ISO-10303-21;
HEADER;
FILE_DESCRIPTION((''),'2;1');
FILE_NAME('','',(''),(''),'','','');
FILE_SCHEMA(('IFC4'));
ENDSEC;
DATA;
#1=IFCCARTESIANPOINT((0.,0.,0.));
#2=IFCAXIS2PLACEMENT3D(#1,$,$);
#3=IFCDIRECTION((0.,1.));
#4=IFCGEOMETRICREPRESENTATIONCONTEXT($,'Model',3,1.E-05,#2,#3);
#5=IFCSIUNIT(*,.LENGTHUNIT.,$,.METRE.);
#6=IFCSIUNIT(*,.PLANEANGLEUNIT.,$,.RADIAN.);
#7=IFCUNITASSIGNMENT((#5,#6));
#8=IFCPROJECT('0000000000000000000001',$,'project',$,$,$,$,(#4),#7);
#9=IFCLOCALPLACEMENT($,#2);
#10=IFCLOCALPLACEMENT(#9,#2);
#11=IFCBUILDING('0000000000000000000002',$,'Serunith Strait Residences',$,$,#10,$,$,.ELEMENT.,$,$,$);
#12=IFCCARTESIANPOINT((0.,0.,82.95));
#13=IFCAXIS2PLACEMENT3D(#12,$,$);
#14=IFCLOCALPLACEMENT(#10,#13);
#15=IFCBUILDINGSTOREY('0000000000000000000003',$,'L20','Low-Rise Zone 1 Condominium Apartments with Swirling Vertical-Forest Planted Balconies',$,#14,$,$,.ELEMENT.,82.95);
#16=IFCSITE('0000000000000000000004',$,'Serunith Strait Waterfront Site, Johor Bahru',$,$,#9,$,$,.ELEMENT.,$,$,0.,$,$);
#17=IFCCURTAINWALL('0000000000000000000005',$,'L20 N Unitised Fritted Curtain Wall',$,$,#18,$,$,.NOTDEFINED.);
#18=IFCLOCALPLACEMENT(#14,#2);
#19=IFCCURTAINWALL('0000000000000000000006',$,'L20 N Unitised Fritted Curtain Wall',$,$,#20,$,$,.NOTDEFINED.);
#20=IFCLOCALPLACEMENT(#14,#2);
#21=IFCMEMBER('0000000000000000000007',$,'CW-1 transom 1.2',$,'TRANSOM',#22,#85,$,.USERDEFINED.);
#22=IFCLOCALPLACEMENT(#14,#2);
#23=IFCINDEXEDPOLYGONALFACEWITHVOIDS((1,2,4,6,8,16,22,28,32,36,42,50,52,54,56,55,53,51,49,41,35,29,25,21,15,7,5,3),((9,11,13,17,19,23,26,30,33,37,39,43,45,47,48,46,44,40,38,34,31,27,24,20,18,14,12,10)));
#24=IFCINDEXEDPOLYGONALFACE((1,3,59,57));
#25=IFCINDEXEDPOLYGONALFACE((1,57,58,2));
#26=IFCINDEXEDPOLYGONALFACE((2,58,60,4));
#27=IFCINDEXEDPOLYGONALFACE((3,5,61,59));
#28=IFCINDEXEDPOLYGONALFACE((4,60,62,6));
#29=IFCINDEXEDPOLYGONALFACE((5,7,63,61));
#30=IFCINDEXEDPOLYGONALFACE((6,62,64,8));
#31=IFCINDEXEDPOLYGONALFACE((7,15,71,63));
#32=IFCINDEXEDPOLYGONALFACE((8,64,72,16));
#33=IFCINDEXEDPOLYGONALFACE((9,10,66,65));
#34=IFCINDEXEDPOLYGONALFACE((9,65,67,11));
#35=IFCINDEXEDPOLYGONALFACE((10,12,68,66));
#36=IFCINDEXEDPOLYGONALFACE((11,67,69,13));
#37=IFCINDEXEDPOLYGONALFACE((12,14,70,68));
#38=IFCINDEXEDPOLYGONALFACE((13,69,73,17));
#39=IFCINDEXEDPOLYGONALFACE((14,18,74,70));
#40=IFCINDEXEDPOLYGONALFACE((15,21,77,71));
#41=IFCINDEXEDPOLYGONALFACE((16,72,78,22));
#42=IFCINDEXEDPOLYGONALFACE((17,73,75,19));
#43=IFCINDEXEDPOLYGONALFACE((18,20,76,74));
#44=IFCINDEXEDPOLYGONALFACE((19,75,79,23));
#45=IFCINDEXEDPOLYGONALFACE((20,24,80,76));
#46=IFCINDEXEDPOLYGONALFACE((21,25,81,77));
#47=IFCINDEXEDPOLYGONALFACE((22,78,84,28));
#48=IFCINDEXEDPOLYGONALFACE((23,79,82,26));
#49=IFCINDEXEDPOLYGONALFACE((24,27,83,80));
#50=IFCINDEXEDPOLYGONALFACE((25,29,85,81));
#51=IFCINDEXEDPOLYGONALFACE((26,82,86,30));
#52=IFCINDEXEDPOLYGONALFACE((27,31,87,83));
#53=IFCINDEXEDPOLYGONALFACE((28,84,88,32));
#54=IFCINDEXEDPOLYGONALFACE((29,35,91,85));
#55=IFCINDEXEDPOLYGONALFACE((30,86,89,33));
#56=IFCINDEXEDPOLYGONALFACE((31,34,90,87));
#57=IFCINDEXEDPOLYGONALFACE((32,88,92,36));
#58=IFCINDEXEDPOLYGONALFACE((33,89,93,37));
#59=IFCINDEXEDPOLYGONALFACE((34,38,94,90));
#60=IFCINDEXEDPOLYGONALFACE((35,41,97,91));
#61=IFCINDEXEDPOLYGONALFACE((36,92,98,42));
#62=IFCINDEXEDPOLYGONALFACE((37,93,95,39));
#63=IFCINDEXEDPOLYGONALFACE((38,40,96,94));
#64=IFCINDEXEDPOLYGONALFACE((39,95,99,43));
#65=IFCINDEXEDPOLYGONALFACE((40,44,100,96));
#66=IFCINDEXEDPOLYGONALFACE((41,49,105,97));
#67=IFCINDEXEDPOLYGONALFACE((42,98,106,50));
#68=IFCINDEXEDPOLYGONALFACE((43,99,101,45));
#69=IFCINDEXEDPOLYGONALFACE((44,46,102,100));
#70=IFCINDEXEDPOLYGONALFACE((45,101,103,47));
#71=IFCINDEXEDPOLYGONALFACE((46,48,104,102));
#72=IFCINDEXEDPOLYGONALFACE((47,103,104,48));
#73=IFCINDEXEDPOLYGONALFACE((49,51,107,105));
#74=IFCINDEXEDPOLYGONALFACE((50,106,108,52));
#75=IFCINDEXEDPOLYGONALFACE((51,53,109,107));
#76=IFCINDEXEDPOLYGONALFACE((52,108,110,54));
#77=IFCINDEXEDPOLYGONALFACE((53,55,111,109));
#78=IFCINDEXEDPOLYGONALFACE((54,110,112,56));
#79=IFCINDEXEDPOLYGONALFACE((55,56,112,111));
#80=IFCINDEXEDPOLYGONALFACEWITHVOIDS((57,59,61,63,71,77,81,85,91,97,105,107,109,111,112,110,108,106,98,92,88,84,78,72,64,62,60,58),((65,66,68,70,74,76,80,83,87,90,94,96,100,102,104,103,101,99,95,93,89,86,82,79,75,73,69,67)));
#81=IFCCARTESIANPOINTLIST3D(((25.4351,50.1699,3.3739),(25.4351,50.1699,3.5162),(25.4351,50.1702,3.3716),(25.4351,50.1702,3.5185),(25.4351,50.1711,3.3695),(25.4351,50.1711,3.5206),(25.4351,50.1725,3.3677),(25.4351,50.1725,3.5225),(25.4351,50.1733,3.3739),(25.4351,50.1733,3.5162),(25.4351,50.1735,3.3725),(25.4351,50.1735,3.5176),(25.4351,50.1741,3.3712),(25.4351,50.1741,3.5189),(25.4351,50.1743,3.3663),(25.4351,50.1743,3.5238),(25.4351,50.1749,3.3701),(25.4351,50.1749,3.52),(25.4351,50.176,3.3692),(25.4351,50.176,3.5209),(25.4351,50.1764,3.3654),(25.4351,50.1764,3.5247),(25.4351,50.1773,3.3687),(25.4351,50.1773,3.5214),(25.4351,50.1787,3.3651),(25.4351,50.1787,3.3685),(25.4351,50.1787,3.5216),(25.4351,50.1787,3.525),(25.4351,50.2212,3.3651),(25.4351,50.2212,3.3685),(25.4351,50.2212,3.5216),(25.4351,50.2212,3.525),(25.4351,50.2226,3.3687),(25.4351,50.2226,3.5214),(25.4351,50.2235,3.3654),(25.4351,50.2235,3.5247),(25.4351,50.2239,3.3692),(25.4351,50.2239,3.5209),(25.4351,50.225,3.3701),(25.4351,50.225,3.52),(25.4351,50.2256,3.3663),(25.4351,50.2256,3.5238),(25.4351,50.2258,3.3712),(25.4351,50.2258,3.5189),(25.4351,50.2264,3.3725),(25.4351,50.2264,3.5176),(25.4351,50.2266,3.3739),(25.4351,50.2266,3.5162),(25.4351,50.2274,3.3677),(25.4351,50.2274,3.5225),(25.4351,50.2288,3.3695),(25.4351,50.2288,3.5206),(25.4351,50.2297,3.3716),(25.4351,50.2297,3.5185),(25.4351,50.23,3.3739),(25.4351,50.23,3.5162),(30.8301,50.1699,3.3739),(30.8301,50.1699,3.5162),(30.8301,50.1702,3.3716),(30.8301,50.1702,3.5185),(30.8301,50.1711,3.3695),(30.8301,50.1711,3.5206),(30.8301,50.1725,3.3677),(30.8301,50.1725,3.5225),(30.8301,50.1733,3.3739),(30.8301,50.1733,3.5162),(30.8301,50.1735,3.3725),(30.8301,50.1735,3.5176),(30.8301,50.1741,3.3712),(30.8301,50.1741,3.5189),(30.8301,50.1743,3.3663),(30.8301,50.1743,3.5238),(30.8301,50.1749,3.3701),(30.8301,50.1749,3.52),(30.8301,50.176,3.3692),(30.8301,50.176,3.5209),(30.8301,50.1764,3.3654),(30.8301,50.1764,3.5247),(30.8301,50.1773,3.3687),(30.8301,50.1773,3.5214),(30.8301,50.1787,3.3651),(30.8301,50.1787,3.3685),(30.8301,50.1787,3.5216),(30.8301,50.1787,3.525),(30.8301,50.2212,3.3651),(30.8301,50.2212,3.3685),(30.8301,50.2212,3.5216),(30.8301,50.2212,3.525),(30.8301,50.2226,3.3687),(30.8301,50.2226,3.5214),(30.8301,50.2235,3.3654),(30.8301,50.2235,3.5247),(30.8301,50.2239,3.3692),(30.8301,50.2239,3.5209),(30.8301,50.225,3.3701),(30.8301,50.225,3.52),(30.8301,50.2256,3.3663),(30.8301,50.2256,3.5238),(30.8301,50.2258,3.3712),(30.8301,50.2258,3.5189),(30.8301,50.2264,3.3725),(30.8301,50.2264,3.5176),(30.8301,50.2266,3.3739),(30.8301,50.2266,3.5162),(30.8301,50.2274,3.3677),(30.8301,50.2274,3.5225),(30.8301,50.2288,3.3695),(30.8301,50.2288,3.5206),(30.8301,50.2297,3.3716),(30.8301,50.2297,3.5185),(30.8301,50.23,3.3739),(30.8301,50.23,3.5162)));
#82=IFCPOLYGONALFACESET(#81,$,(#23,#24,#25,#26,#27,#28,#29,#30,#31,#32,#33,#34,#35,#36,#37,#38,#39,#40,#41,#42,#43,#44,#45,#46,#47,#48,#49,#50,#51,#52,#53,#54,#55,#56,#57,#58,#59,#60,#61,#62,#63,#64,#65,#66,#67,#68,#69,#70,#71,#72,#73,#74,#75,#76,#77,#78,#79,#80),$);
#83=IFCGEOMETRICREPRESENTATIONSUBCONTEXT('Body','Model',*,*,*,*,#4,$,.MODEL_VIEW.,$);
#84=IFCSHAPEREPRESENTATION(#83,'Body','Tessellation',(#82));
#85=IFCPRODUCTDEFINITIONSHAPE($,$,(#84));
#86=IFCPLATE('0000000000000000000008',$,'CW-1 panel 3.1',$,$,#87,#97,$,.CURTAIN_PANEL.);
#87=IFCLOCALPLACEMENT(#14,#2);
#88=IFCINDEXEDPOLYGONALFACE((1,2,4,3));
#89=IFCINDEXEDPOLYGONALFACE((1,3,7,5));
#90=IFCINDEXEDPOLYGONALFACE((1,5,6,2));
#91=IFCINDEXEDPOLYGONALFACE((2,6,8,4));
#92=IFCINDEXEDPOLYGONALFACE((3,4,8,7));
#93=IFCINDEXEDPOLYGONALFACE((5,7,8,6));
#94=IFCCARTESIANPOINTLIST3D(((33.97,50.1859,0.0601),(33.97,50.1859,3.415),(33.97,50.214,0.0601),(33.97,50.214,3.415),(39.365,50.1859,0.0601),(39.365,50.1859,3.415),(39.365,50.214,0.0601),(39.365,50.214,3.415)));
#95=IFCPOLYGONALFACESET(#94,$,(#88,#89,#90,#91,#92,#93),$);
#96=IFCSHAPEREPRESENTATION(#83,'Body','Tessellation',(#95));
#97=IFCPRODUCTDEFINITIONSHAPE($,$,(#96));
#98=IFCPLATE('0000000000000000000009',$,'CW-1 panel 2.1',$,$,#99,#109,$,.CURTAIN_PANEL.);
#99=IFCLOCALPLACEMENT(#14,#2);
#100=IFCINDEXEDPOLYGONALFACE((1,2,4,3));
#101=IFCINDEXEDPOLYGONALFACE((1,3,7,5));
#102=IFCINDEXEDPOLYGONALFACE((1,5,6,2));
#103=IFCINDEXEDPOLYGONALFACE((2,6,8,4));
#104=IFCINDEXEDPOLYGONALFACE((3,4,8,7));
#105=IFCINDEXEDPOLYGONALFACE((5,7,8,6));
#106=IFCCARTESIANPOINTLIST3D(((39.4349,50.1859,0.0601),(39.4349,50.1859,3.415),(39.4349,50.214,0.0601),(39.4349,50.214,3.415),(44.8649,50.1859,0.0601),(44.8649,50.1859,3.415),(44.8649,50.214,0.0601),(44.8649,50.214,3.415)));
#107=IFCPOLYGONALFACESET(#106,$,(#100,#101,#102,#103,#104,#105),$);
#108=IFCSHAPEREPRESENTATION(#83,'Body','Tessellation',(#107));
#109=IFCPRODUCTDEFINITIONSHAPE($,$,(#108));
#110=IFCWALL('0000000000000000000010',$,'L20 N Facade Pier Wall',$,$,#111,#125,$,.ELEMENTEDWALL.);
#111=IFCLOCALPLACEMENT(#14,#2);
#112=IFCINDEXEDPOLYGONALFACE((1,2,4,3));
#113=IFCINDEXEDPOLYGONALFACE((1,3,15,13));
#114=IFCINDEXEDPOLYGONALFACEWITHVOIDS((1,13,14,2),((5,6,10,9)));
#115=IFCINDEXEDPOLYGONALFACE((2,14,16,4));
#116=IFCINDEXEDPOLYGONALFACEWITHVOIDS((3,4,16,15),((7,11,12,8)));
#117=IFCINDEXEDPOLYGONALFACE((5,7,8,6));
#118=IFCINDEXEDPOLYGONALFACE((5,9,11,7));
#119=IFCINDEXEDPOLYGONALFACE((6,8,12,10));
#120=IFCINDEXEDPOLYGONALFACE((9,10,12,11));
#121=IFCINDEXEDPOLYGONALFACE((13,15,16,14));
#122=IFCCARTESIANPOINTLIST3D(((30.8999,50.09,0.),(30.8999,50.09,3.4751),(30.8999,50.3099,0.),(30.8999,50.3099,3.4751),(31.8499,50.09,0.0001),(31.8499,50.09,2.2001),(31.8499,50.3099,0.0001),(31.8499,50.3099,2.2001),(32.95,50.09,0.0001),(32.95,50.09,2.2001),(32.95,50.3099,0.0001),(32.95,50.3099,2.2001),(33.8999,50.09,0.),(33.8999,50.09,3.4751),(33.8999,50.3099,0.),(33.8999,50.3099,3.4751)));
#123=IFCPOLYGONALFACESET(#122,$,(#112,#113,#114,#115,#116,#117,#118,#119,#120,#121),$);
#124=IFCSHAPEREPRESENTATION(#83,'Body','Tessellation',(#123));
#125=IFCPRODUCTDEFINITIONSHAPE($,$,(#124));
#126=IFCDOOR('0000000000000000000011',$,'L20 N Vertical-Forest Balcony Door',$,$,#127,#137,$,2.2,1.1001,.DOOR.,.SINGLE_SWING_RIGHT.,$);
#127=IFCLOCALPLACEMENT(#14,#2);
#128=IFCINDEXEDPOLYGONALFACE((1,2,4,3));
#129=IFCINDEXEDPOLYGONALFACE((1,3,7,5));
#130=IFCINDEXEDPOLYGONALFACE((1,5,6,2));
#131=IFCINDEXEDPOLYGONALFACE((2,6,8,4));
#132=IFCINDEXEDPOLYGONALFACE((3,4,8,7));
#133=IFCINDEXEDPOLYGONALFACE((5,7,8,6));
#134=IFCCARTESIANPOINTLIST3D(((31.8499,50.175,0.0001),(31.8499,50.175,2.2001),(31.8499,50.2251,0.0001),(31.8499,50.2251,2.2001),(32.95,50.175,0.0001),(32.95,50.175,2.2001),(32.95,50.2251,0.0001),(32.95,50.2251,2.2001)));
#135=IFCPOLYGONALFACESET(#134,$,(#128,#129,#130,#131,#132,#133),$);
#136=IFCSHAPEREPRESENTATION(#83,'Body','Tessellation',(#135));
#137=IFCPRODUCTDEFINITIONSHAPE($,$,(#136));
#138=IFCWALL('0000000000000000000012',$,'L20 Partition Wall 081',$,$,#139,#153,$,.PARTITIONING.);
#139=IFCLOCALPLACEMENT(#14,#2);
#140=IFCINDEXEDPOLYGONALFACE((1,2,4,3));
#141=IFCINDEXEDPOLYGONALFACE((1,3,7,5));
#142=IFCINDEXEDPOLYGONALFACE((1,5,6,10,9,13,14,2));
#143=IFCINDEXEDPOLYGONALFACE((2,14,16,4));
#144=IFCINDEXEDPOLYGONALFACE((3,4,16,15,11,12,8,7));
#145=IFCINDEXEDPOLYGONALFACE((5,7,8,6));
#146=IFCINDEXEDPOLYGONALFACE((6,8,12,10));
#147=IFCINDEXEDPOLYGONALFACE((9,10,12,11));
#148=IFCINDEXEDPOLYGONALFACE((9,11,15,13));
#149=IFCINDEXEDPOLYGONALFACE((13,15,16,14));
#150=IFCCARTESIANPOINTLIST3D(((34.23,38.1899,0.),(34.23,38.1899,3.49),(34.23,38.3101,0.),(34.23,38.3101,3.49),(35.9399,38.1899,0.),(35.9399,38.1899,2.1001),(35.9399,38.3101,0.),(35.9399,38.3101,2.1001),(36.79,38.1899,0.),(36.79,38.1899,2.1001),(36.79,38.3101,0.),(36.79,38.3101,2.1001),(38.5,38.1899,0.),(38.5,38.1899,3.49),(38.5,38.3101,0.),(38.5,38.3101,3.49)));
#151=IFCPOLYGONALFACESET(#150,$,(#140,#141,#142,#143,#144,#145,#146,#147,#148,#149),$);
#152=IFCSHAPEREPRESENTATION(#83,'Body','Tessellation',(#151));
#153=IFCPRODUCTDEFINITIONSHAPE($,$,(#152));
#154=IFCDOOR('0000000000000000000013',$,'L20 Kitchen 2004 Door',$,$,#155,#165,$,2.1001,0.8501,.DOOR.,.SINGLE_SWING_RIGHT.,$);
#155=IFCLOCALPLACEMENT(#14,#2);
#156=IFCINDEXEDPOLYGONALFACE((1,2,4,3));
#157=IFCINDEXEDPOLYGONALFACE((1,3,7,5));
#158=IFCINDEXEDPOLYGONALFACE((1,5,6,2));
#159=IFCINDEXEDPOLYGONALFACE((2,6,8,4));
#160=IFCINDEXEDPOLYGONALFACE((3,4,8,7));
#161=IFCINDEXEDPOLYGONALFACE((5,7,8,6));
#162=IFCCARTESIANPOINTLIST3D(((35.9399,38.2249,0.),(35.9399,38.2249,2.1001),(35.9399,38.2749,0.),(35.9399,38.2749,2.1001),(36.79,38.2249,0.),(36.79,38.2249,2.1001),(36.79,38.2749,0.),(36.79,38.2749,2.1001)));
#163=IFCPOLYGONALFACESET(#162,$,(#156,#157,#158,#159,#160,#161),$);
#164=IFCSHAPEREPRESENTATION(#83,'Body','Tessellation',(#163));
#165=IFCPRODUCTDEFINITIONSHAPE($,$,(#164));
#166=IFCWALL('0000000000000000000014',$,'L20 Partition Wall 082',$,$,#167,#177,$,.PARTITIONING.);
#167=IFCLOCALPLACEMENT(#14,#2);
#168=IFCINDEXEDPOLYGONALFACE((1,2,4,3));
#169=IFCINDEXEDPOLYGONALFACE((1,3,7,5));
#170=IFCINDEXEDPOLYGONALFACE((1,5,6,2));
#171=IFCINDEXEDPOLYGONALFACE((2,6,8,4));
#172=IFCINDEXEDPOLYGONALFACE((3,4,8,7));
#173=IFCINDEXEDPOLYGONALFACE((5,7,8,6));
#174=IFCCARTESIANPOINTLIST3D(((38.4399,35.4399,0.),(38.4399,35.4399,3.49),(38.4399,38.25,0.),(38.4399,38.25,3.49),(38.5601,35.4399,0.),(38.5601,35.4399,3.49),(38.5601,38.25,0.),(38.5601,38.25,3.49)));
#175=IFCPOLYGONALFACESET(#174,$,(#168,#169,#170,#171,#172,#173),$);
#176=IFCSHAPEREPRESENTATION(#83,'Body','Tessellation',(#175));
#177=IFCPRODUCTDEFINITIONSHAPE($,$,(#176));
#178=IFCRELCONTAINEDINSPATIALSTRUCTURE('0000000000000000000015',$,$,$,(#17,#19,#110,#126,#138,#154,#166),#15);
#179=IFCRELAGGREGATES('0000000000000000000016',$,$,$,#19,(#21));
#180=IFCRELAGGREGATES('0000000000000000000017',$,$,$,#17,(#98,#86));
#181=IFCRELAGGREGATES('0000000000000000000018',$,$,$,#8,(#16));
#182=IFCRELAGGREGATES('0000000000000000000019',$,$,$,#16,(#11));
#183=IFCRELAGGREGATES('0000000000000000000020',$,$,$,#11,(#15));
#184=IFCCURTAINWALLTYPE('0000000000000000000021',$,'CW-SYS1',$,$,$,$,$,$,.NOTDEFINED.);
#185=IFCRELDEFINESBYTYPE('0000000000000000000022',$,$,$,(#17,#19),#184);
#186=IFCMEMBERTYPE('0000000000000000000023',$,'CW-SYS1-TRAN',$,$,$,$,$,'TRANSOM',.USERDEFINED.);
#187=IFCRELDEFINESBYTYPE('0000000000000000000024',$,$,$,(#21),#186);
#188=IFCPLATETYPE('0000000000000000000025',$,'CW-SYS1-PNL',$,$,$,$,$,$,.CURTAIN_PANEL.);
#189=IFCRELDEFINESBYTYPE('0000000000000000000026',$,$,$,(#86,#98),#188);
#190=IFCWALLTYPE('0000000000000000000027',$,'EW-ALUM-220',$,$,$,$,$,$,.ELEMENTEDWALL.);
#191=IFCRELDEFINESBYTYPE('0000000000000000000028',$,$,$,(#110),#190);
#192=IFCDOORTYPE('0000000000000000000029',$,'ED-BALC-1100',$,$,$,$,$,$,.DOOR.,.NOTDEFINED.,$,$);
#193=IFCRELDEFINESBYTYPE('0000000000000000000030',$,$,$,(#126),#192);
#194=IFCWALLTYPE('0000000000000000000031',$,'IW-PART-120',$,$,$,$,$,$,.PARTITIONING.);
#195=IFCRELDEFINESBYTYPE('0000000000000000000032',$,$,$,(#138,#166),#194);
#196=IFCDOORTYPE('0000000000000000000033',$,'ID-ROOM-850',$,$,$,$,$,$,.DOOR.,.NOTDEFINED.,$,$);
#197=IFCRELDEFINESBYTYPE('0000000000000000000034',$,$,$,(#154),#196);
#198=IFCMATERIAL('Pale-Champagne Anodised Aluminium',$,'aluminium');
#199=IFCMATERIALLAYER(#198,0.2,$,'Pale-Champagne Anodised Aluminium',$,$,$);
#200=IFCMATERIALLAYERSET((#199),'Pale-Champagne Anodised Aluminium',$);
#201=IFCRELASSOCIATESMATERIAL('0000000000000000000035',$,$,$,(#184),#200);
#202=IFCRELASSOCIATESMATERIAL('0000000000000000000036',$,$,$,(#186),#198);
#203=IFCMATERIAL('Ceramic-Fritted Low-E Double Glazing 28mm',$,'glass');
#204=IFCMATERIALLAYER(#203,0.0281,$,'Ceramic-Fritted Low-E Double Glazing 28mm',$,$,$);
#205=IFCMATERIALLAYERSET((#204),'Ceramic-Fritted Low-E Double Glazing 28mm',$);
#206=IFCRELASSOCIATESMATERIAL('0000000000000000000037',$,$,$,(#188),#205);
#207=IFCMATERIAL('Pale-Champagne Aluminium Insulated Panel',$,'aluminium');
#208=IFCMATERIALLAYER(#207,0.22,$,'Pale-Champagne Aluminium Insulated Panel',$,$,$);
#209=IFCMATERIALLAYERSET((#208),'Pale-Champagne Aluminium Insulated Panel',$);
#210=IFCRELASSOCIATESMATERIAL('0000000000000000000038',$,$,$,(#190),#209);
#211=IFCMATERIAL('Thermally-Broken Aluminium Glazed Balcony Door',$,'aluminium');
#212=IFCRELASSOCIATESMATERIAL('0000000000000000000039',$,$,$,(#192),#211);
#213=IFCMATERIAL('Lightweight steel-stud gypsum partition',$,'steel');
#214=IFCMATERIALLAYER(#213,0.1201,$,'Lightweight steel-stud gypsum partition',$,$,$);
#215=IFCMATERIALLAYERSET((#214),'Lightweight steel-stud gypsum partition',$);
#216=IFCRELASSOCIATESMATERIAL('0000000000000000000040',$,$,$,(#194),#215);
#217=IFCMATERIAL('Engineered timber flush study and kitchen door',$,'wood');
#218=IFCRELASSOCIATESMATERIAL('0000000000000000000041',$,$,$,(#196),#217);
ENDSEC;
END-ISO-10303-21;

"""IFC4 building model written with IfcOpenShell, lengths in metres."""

from ifc_helpers import new_model, si_unit, direction, frame, frame_2d, origin, origin_2d, place, context, subcontext, project, spatial, rectangle, hollow_rectangle, extrude, source, transform, mapped, material, layer, layer_set, material_profile, profile_set, type_object, element, fill, aggregate, save


model = new_model("IFC4")

# Units and contexts
model_context = context("Model", 3, precision=1e-05, world=origin(), true_north=direction((0.0, 1.0)))
body_context = subcontext(model_context, "Body", "Model", "MODEL_VIEW")
ifc_project = project(units=[si_unit("LENGTHUNIT", "METRE"), si_unit("PLANEANGLEUNIT", "RADIAN")], contexts=[model_context])

# Site, building, storey
site_placement = place(None, origin())
site = spatial("IfcSite", under=ifc_project, at=site_placement, Name="Serunith Strait Waterfront Site, Johor Bahru", CompositionType="ELEMENT", RefElevation=0.0)
building_placement = place(site_placement, origin())
building = spatial("IfcBuilding", under=site, at=building_placement, Name="Serunith Strait Residences", CompositionType="ELEMENT")
storey_placement = place(building_placement, frame((0.0, 0.0, 82.95)))
storey = spatial("IfcBuildingStorey", under=building, at=storey_placement, Name="L20", Description="Low-Rise Zone 1 Condominium Apartments with Swirling Vertical-Forest Planted Balconies", CompositionType="ELEMENT", Elevation=82.95)

# Curtain wall
ifc_material_1 = material(Name="Pale-Champagne Anodised Aluminium", Category="aluminium")
ifc_layer_1 = layer(ifc_material_1, 0.2, Name="Pale-Champagne Anodised Aluminium")
ifc_layer_set_1 = layer_set([ifc_layer_1], Name="Pale-Champagne Anodised Aluminium")
curtain_wall_type = type_object("IfcCurtainWallType", Name="CW-SYS1", PredefinedType="NOTDEFINED", material=ifc_layer_set_1)
curtain_wall_1_placement = place(storey_placement, origin())
curtain_wall_1 = element("IfcCurtainWall", 1, at=curtain_wall_1_placement, inside=storey, type_object=curtain_wall_type, Name="L20 N Unitised Fritted Curtain Wall", PredefinedType="NOTDEFINED")

# Curtain wall
curtain_wall_2_placement = place(storey_placement, origin())
curtain_wall_2 = element("IfcCurtainWall", 2, at=curtain_wall_2_placement, inside=storey, type_object=curtain_wall_type, Name="L20 N Unitised Fritted Curtain Wall", PredefinedType="NOTDEFINED")

# Member
ifc_material_profile_1 = material_profile(ifc_material_1, hollow_rectangle(XDim=0.0601, YDim=0.1599, WallThickness=0.0034, InnerFilletRadius=0.0054, OuterFilletRadius=0.0088, at=origin_2d()), Name="ALU 160x60x3.5")
ifc_profile_set_1 = profile_set([ifc_material_profile_1], Name="Pale-Champagne Anodised Aluminium")
member_type_1 = type_object("IfcMemberType", Name="CW-SYS1-TRAN", ElementType="TRANSOM", PredefinedType="USERDEFINED", material=ifc_profile_set_1)
shared_shape_1 = source(origin(), body_context, "Body", "SweptSolid", [
    extrude(hollow_rectangle(XDim=0.0601, YDim=0.1599, WallThickness=0.0034, InnerFilletRadius=0.0054, OuterFilletRadius=0.0088, at=origin_2d()), origin(), (0.0, 0.0, 1.0), 5.395),
])
member_1_placement = place(storey_placement, frame((30.8301, 50.2, 3.4451), z_axis=(-1.0, 0.0, 0.0), x_axis=(0.0, -1.0, 0.0)))
member_1 = element("IfcMember", 3, at=member_1_placement, type_object=member_type_1, Name="CW-1 transom 1.2", ObjectType="TRANSOM", PredefinedType="USERDEFINED", context=body_context, shape_type="MappedRepresentation", body=[
    mapped(shared_shape_1, transform((0.0, 0.0, 0.0), scale=1.0)),
])
aggregate(curtain_wall_2, [member_1])

# Plates
ifc_material_2 = material(Name="Ceramic-Fritted Low-E Double Glazing 28mm", Category="glass")
ifc_layer_2 = layer(ifc_material_2, 0.0281, Name="Ceramic-Fritted Low-E Double Glazing 28mm")
ifc_layer_set_2 = layer_set([ifc_layer_2], Name="Ceramic-Fritted Low-E Double Glazing 28mm")
plate_type = type_object("IfcPlateType", Name="CW-SYS1-PNL", PredefinedType="CURTAIN_PANEL", material=ifc_layer_set_2)
shared_shape_2 = source(origin(), body_context, "Body", "SweptSolid", [
    extrude(rectangle(XDim=5.395, YDim=0.0281, at=origin_2d()), origin(), (0.0, 0.0, 1.0), 3.355),
])
plate_1_placement = place(storey_placement, frame((36.6675, 50.2, 0.0601), z_axis=(0.0, 0.0, 1.0), x_axis=(-1.0, 0.0, 0.0)))
plate_1 = element("IfcPlate", 4, at=plate_1_placement, type_object=plate_type, Name="CW-1 panel 3.1", PredefinedType="CURTAIN_PANEL", context=body_context, shape_type="MappedRepresentation", body=[
    mapped(shared_shape_2, transform((0.0, 0.0, 0.0), scale=1.0)),
])
shared_shape_3 = source(origin(), body_context, "Body", "SweptSolid", [
    extrude(rectangle(XDim=5.4299, YDim=0.0281, at=origin_2d()), origin(), (0.0, 0.0, 1.0), 3.355),
])
plate_2_placement = place(storey_placement, frame((42.1499, 50.2, 0.0601), z_axis=(0.0, 0.0, 1.0), x_axis=(-1.0, 0.0, 0.0)))
plate_2 = element("IfcPlate", 5, at=plate_2_placement, type_object=plate_type, Name="CW-1 panel 2.1", PredefinedType="CURTAIN_PANEL", context=body_context, shape_type="MappedRepresentation", body=[
    mapped(shared_shape_3, transform((0.0, 0.0, 0.0), scale=1.0)),
])
aggregate(curtain_wall_1, [plate_2, plate_1])

# Walls, openings, doors
ifc_material_3 = material(Name="Pale-Champagne Aluminium Insulated Panel", Category="aluminium")
ifc_layer_3 = layer(ifc_material_3, 0.22, Name="Pale-Champagne Aluminium Insulated Panel")
ifc_layer_set_3 = layer_set([ifc_layer_3], Name="Pale-Champagne Aluminium Insulated Panel")
wall_type_1 = type_object("IfcWallType", Name="EW-ALUM-220", PredefinedType="ELEMENTEDWALL", material=ifc_layer_set_3)
wall_1_placement = place(storey_placement, frame((33.8999, 50.2, 0.0), z_axis=(0.0, 0.0, 1.0), x_axis=(-1.0, 0.0, 0.0)))
wall_1 = element("IfcWall", 6, at=wall_1_placement, inside=storey, type_object=wall_type_1, Name="L20 N Facade Pier Wall", PredefinedType="ELEMENTEDWALL", context=body_context, shape_type="SweptSolid", body=[
    extrude(rectangle(XDim=3.0, YDim=0.22, at=frame_2d((1.5, 0.0))), origin(), (0.0, 0.0, 1.0), 3.4751),
])
opening_1_placement = place(wall_1_placement, frame((0.95, 0.0, 0.0)))
opening_1 = element("IfcOpeningElement", 7, at=opening_1_placement, cuts=wall_1, PredefinedType="OPENING", context=body_context, shape_type="SweptSolid", body=[
    extrude(rectangle(XDim=1.1001, YDim=2.2, at=frame_2d((0.55, 1.1001))), frame((0.0, 0.1201, 0.0), z_axis=(0.0, -1.0, 0.0), x_axis=(1.0, 0.0, 0.0)), (0.0, 0.0, 1.0), 0.24),
])
ifc_material_4 = material(Name="Thermally-Broken Aluminium Glazed Balcony Door", Category="aluminium")
door_type_1 = type_object("IfcDoorType", Name="ED-BALC-1100", OperationType="NOTDEFINED", PredefinedType="DOOR", material=ifc_material_4)
shared_shape_4 = source(origin(), body_context, "Body", "SweptSolid", [
    extrude(rectangle(XDim=1.1001, YDim=2.2, at=frame_2d((0.55, 1.1001))), frame((0.0, 0.0249, 0.0), z_axis=(0.0, -1.0, 0.0), x_axis=(1.0, 0.0, 0.0)), (0.0, 0.0, 1.0), 0.05),
])
door_1_placement = place(opening_1_placement, origin())
door_1 = element("IfcDoor", 8, at=door_1_placement, inside=storey, type_object=door_type_1, Name="L20 N Vertical-Forest Balcony Door", OperationType="SINGLE_SWING_RIGHT", OverallHeight=2.2, OverallWidth=1.1001, PredefinedType="DOOR", context=body_context, shape_type="MappedRepresentation", body=[
    mapped(shared_shape_4, transform((0.0, 0.0, 0.0), scale=1.0)),
])
fill(opening_1, door_1)
ifc_material_5 = material(Name="Lightweight steel-stud gypsum partition", Category="steel")
ifc_layer_4 = layer(ifc_material_5, 0.1201, Name="Lightweight steel-stud gypsum partition")
ifc_layer_set_4 = layer_set([ifc_layer_4], Name="Lightweight steel-stud gypsum partition")
wall_type_2 = type_object("IfcWallType", Name="IW-PART-120", PredefinedType="PARTITIONING", material=ifc_layer_set_4)
wall_2_placement = place(storey_placement, frame((34.23, 38.25, 0.0), z_axis=(0.0, 0.0, 1.0), x_axis=(1.0, 0.0, 0.0)))
wall_2 = element("IfcWall", 9, at=wall_2_placement, inside=storey, type_object=wall_type_2, Name="L20 Partition Wall 081", PredefinedType="PARTITIONING", context=body_context, shape_type="SweptSolid", body=[
    extrude(rectangle(XDim=4.27, YDim=0.1201, at=frame_2d((2.135, 0.0))), origin(), (0.0, 0.0, 1.0), 3.49),
])
opening_2_placement = place(wall_2_placement, frame((1.71, 0.0, 0.0)))
opening_2 = element("IfcOpeningElement", 10, at=opening_2_placement, cuts=wall_2, PredefinedType="OPENING", context=body_context, shape_type="SweptSolid", body=[
    extrude(rectangle(XDim=0.8501, YDim=2.1001, at=frame_2d((0.425, 1.05))), frame((0.0, 0.0701, 0.0), z_axis=(0.0, -1.0, 0.0), x_axis=(1.0, 0.0, 0.0)), (0.0, 0.0, 1.0), 0.1401),
])
ifc_material_6 = material(Name="Engineered timber flush study and kitchen door", Category="wood")
door_type_2 = type_object("IfcDoorType", Name="ID-ROOM-850", OperationType="NOTDEFINED", PredefinedType="DOOR", material=ifc_material_6)
shared_shape_5 = source(origin(), body_context, "Body", "SweptSolid", [
    extrude(rectangle(XDim=0.8501, YDim=2.1001, at=frame_2d((0.425, 1.05))), frame((0.0, 0.0249, 0.0), z_axis=(0.0, -1.0, 0.0), x_axis=(1.0, 0.0, 0.0)), (0.0, 0.0, 1.0), 0.05),
])
door_2_placement = place(opening_2_placement, origin())
door_2 = element("IfcDoor", 11, at=door_2_placement, inside=storey, type_object=door_type_2, Name="L20 Kitchen 2004 Door", OperationType="SINGLE_SWING_RIGHT", OverallHeight=2.1001, OverallWidth=0.8501, PredefinedType="DOOR", context=body_context, shape_type="MappedRepresentation", body=[
    mapped(shared_shape_5, transform((0.0, 0.0, 0.0), scale=1.0)),
])
fill(opening_2, door_2)

# Wall
wall_3_placement = place(storey_placement, frame((38.5, 38.25, 0.0), z_axis=(0.0, 0.0, 1.0), x_axis=(0.0, -1.0, 0.0)))
element("IfcWall", 12, at=wall_3_placement, inside=storey, type_object=wall_type_2, Name="L20 Partition Wall 082", PredefinedType="PARTITIONING", context=body_context, shape_type="SweptSolid", body=[
    extrude(rectangle(XDim=2.8101, YDim=0.1201, at=frame_2d((1.405, 0.0))), origin(), (0.0, 0.0, 1.0), 3.49),
])

save(model, "model.ifc")
